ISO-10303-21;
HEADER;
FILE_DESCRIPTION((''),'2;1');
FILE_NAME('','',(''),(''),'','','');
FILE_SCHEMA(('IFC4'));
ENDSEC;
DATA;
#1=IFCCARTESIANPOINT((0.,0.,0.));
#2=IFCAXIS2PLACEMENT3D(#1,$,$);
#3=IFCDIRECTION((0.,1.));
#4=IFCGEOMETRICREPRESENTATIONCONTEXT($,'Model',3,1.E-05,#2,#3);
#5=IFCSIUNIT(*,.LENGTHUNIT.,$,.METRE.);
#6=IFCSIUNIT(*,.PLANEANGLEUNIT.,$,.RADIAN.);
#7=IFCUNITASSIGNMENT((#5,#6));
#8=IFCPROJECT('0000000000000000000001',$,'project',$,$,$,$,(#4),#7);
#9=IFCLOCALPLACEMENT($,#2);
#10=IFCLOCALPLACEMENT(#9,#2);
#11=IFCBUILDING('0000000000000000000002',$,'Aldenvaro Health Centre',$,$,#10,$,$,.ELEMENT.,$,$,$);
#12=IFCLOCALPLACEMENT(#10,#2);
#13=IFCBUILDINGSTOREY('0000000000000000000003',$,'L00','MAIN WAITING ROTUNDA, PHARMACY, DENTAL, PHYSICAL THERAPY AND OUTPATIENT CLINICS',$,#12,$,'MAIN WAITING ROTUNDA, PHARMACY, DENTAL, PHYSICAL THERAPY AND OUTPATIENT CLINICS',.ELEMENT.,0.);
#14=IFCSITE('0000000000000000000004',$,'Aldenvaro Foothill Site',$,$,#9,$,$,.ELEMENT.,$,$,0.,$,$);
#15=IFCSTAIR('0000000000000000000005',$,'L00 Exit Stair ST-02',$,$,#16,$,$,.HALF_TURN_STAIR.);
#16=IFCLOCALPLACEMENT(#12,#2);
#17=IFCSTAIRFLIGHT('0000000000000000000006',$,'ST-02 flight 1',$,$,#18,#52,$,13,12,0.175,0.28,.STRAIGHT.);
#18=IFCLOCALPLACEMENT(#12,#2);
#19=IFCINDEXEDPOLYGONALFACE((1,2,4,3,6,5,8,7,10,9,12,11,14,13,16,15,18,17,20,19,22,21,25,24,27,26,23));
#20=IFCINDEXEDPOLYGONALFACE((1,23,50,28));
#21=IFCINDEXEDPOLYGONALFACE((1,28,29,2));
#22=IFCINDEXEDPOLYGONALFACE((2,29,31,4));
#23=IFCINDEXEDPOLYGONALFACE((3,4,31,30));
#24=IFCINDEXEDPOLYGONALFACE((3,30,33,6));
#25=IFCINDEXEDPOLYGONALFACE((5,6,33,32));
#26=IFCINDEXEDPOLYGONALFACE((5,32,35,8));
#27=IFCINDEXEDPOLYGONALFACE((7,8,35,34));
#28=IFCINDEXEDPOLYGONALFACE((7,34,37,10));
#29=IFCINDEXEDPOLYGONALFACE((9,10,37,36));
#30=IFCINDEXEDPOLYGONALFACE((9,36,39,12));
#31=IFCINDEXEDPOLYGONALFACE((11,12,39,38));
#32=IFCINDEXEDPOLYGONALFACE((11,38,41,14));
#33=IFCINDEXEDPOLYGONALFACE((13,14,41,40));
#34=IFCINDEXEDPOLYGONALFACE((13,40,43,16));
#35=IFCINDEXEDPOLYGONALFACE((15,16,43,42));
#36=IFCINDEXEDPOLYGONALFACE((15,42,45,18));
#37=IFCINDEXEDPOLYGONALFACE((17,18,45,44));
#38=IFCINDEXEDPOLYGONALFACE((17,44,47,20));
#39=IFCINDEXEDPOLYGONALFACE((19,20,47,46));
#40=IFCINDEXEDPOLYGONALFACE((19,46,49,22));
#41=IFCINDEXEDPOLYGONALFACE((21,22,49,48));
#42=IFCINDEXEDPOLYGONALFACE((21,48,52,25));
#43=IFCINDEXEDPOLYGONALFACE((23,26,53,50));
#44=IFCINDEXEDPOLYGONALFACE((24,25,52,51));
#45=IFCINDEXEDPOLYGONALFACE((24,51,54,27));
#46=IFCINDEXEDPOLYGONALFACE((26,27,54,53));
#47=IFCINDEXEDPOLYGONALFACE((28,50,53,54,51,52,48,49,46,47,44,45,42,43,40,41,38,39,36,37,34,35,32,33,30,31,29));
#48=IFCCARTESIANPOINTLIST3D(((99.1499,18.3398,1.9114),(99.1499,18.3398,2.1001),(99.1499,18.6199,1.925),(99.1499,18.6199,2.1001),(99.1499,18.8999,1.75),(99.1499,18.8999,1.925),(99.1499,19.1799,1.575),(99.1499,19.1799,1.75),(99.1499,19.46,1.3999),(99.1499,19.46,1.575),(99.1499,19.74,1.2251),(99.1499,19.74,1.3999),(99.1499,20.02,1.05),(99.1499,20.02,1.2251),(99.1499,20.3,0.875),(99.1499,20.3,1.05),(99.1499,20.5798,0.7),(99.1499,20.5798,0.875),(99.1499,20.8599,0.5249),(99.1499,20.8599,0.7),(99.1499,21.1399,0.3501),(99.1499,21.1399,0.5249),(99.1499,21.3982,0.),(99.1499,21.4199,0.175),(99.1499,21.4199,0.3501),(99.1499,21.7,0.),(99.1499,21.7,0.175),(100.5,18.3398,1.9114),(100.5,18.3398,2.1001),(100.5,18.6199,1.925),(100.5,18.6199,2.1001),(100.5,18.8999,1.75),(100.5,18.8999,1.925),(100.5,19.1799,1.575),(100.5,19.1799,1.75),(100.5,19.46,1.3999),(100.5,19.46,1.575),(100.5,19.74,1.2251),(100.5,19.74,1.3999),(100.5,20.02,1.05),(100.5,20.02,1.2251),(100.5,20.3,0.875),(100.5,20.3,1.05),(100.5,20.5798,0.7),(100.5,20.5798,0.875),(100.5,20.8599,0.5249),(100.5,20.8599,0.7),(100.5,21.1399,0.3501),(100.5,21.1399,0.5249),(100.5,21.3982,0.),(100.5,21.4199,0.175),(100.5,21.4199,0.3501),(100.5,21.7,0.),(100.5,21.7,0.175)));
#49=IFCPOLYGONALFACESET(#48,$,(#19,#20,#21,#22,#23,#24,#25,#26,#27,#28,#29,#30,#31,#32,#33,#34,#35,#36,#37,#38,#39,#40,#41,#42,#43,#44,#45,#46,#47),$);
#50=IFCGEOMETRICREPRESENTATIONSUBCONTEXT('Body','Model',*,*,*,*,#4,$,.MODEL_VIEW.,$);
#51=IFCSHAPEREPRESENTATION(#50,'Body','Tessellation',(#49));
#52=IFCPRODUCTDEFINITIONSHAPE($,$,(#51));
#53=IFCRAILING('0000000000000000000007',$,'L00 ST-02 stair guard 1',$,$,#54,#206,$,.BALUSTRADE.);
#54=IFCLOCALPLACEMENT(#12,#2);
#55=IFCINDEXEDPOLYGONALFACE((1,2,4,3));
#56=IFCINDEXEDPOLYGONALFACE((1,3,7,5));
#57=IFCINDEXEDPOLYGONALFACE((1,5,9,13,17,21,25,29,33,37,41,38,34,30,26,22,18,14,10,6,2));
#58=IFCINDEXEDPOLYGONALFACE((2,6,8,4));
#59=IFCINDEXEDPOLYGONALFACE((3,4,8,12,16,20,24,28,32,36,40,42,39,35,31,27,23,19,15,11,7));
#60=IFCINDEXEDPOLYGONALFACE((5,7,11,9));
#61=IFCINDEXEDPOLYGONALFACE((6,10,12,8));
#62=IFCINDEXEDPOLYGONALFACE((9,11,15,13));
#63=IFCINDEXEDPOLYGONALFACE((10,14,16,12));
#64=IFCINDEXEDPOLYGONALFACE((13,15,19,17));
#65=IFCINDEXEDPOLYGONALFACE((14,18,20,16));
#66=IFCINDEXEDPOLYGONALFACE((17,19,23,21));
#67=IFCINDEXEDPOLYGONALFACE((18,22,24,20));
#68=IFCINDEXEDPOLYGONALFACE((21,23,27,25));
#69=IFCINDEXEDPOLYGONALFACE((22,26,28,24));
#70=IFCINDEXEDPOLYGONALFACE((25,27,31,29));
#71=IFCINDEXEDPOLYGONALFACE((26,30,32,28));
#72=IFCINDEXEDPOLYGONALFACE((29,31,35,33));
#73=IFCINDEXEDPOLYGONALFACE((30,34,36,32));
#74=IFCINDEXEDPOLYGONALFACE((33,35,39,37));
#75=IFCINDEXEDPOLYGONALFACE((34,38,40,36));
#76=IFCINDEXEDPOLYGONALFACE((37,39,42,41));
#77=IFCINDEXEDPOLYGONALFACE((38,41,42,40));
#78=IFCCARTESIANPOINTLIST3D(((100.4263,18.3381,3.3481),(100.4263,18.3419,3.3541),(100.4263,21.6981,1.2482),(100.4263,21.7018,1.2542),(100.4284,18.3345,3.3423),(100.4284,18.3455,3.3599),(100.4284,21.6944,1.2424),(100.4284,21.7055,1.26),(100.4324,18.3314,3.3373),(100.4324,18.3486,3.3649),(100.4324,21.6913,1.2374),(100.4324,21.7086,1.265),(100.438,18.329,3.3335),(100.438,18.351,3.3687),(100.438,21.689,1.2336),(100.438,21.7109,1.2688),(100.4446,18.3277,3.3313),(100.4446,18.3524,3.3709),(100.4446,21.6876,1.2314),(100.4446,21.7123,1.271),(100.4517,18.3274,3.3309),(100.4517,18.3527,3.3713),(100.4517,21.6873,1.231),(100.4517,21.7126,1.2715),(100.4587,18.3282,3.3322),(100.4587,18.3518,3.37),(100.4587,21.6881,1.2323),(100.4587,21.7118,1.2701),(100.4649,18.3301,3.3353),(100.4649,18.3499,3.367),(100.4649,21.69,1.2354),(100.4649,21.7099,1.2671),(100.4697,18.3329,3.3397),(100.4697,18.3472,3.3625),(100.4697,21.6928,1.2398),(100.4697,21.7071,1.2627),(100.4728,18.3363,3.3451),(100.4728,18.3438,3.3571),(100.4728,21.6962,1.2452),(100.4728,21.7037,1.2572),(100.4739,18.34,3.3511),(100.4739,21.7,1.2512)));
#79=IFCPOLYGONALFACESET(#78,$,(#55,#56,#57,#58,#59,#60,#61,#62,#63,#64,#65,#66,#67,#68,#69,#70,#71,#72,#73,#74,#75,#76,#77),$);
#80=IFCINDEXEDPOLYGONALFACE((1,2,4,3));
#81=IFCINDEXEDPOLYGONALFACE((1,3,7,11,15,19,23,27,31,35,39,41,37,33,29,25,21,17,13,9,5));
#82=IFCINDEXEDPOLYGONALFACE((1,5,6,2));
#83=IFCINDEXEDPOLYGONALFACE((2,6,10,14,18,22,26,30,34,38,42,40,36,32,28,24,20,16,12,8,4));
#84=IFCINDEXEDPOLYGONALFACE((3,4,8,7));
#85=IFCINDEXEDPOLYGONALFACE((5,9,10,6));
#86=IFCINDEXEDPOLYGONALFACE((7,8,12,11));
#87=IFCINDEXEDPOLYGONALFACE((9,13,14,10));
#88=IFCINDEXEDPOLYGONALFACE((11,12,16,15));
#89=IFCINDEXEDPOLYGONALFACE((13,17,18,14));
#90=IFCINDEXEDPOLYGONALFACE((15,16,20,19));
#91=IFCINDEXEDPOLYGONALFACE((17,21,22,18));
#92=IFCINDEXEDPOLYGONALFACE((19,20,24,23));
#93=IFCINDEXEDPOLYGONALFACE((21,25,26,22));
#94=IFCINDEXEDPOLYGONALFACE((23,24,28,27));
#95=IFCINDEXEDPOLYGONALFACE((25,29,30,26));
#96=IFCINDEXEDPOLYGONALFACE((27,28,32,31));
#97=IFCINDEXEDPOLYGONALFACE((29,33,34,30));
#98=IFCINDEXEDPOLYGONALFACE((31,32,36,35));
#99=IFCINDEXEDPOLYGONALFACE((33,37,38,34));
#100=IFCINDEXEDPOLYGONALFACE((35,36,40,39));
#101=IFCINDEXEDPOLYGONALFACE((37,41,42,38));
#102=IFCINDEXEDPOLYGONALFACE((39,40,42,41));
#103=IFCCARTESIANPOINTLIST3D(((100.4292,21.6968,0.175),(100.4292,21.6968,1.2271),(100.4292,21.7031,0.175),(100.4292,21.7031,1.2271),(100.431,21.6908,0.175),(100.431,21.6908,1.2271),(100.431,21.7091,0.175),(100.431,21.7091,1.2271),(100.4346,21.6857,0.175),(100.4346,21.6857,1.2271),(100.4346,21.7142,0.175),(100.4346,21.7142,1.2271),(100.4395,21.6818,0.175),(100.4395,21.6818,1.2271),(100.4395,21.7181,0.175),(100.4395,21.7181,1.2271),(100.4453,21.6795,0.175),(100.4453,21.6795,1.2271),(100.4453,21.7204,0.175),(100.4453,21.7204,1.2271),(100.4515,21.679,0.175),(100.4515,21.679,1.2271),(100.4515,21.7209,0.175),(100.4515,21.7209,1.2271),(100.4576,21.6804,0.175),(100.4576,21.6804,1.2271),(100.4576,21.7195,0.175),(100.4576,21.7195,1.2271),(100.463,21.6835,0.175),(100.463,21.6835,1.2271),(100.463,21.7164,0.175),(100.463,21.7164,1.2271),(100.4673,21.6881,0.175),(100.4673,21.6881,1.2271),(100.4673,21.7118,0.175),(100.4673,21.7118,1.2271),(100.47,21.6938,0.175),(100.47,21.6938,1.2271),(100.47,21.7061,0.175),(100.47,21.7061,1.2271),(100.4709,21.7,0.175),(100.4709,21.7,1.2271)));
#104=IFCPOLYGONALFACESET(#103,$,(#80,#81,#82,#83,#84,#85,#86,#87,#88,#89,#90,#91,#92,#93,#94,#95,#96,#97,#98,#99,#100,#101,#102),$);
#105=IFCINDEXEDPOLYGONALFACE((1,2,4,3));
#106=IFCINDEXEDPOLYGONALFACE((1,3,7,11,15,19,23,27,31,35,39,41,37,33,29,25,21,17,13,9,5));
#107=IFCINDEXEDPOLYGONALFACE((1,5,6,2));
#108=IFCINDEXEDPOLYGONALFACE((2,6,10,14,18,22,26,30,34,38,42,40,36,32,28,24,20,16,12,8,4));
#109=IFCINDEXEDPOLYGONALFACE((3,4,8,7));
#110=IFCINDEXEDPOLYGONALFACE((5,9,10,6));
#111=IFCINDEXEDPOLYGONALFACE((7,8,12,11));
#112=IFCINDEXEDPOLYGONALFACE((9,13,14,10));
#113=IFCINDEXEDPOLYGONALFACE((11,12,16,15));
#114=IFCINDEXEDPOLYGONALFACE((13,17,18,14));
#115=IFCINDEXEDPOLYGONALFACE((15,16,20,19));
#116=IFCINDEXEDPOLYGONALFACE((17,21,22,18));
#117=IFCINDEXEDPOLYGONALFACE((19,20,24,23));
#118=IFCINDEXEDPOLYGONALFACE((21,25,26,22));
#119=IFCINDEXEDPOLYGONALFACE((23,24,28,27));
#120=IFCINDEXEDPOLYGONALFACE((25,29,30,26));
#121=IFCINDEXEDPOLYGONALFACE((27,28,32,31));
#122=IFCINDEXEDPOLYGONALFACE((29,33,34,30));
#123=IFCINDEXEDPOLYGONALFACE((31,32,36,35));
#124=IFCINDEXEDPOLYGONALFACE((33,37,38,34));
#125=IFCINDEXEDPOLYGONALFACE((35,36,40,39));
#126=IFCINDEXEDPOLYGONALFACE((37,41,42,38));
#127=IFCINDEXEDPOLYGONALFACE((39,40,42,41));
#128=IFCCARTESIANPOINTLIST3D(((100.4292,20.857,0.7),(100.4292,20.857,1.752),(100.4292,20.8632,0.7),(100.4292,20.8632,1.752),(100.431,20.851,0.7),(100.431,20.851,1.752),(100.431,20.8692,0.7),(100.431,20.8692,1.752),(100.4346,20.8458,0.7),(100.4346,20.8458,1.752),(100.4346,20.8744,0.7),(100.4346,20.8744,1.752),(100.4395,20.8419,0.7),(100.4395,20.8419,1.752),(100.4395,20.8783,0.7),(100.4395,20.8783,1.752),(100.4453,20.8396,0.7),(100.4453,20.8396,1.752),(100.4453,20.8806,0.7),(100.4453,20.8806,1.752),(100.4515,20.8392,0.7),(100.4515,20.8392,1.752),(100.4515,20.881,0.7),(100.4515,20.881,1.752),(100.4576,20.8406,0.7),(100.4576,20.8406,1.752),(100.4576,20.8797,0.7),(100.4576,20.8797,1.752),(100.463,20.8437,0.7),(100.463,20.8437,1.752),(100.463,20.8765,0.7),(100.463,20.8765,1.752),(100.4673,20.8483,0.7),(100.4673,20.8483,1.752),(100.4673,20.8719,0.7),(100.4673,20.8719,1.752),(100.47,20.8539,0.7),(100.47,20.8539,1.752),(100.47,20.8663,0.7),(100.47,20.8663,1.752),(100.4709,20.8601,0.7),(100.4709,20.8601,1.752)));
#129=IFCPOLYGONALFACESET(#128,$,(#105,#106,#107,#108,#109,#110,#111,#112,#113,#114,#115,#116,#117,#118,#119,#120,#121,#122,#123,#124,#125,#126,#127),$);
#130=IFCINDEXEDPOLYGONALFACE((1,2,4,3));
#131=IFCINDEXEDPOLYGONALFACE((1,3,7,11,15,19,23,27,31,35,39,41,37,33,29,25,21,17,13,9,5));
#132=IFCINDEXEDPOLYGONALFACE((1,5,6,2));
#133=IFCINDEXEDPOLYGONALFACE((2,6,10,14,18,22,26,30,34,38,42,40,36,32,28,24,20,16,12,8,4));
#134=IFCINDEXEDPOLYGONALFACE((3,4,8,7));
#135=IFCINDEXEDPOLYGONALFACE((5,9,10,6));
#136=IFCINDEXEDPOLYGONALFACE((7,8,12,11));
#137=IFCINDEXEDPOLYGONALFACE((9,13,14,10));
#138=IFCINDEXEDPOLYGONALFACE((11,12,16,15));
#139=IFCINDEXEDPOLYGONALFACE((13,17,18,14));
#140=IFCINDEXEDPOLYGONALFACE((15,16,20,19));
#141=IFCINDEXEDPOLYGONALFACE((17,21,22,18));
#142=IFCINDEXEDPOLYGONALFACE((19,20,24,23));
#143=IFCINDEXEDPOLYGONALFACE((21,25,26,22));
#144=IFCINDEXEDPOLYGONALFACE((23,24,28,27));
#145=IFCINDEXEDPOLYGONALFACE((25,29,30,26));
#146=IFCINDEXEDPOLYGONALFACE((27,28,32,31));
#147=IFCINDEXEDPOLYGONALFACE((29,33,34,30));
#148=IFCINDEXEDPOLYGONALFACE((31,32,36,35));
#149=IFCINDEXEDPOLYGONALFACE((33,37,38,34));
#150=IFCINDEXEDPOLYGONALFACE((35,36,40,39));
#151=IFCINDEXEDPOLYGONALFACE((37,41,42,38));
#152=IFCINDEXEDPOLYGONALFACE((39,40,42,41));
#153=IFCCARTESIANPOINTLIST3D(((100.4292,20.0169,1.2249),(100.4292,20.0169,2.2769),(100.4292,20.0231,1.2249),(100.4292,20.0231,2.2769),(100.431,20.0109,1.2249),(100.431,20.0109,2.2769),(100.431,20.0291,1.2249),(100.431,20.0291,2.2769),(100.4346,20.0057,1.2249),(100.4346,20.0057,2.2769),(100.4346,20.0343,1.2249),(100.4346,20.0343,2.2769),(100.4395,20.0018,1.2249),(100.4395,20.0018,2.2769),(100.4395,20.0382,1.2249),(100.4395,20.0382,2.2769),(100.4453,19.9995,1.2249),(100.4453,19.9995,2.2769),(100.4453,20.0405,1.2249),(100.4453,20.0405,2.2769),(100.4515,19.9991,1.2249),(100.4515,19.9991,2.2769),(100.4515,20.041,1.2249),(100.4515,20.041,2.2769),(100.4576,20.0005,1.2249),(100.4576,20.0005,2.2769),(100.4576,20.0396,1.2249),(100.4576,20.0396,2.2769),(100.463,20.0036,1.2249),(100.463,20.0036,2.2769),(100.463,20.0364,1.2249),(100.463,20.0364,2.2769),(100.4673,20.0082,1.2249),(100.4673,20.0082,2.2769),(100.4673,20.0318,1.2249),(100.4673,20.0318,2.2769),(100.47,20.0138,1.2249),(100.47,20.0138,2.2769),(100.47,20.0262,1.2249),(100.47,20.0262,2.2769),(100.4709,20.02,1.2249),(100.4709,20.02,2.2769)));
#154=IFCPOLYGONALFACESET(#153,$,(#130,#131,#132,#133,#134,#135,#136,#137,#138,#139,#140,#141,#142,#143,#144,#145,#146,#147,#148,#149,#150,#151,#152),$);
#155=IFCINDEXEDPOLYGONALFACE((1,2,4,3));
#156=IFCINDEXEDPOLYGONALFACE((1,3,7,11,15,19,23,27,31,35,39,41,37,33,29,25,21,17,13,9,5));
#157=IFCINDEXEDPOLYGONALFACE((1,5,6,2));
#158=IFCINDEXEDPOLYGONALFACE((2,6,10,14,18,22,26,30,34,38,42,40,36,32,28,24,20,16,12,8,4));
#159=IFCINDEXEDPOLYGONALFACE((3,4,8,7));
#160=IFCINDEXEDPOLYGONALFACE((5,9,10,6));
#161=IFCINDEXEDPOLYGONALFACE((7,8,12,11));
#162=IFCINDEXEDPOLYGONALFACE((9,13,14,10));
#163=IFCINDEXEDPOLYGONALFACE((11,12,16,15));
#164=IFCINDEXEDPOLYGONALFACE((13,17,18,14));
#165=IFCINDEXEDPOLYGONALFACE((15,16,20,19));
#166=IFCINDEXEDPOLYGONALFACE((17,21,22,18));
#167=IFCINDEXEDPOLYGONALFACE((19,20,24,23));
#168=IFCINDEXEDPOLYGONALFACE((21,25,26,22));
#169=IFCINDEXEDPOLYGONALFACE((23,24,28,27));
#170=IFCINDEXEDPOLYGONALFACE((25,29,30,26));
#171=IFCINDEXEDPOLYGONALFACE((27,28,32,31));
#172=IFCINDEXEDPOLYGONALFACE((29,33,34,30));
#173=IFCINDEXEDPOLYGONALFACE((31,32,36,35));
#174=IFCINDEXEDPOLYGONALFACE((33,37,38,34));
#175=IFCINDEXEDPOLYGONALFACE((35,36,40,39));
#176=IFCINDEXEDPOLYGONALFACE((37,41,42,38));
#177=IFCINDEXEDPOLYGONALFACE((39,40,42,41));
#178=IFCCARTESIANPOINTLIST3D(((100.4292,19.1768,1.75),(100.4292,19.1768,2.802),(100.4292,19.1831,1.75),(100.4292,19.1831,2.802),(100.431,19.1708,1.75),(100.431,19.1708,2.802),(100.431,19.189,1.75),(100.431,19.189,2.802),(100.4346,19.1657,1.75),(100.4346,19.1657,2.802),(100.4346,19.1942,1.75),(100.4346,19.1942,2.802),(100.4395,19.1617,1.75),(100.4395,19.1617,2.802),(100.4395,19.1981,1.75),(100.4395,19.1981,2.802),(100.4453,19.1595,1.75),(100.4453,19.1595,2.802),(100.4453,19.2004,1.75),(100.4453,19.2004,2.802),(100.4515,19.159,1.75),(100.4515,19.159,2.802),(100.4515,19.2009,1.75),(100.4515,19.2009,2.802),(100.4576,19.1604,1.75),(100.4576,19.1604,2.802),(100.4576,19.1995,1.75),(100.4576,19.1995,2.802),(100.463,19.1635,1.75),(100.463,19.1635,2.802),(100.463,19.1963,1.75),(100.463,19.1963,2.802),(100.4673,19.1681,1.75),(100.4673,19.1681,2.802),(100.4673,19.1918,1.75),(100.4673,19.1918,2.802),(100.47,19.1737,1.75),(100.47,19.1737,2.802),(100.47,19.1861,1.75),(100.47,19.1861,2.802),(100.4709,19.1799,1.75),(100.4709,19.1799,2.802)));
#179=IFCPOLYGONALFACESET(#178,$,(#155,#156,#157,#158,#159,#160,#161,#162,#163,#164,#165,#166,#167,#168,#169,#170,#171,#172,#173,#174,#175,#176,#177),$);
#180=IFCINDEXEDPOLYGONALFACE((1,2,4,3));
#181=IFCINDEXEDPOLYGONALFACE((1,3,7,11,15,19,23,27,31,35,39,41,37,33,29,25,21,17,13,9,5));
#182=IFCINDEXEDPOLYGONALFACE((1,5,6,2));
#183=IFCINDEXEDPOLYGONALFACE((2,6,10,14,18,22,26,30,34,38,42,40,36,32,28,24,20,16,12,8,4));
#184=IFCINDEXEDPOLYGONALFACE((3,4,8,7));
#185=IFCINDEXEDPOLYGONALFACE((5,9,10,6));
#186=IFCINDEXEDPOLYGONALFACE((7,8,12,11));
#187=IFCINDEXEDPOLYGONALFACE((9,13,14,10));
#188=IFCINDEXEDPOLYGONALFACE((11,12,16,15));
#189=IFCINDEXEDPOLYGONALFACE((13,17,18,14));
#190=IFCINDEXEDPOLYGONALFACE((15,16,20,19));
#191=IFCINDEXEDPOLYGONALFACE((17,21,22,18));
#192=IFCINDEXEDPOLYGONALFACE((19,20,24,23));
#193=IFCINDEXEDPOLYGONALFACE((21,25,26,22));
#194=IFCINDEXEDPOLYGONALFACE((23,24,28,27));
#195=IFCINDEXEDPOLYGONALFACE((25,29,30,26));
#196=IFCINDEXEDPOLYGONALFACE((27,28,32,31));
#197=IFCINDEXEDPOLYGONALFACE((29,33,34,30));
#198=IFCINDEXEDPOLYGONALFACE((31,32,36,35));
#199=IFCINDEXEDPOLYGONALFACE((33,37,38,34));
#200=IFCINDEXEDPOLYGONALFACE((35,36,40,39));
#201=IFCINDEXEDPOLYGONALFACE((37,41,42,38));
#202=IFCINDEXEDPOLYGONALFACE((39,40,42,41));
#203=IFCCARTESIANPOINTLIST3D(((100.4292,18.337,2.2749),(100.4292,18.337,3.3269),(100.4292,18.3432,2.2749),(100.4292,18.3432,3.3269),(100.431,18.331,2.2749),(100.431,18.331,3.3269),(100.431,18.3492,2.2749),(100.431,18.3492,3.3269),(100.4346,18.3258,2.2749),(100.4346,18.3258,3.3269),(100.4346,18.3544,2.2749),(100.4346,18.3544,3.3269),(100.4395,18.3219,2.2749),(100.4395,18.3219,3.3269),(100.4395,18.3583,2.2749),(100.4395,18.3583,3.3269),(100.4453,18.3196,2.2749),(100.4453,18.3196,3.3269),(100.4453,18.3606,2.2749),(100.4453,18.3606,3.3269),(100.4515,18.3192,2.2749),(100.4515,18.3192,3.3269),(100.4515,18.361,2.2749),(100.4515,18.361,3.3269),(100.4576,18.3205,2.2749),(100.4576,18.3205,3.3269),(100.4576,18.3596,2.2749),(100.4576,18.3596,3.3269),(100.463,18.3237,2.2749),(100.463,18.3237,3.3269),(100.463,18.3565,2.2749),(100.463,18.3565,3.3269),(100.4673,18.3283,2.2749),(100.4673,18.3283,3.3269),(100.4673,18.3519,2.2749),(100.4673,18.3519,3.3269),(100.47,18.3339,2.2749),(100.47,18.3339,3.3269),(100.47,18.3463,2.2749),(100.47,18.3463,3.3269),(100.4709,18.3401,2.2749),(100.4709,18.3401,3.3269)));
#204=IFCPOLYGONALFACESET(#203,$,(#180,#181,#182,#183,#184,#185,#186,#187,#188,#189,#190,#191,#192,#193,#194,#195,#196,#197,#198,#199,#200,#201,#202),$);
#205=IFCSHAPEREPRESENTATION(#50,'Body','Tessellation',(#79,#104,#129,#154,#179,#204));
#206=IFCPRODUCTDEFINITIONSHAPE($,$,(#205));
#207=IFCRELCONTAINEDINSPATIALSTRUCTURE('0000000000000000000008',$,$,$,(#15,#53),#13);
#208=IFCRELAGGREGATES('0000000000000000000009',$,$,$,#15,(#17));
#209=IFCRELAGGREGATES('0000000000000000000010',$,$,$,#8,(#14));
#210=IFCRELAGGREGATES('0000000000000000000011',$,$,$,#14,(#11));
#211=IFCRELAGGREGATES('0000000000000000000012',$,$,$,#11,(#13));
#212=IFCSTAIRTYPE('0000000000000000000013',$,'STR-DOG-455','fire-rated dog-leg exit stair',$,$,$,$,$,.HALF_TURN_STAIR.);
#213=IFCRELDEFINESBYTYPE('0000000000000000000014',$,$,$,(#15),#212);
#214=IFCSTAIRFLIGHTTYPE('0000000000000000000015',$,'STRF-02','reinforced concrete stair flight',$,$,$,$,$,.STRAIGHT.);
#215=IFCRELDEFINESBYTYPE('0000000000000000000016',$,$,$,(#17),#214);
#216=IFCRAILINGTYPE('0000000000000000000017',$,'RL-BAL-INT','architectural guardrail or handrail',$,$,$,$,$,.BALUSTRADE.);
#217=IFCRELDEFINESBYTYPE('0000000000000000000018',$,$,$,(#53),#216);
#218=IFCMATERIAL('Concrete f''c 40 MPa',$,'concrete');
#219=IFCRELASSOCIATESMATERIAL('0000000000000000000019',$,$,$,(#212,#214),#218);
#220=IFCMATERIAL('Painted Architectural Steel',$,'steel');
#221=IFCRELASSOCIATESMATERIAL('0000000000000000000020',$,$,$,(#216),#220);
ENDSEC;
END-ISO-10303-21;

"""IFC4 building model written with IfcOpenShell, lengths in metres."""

from ifc_helpers import new_model, si_unit, direction, frame, origin, origin_2d, place, context, subcontext, project, spatial, polyline, circle, outline, extrude, material, type_object, element, aggregate, save


model = new_model("IFC4")

# Units and contexts
model_context = context("Model", 3, precision=1e-05, world=origin(), true_north=direction((0.0, 1.0)))
body_context = subcontext(model_context, "Body", "Model", "MODEL_VIEW")
ifc_project = project(units=[si_unit("LENGTHUNIT", "METRE"), si_unit("PLANEANGLEUNIT", "RADIAN")], contexts=[model_context])

# Site, building, storey
site_placement = place(None, origin())
site = spatial("IfcSite", under=ifc_project, at=site_placement, Name="Aldenvaro Foothill Site", CompositionType="ELEMENT", RefElevation=0.0)
building_placement = place(site_placement, origin())
building = spatial("IfcBuilding", under=site, at=building_placement, Name="Aldenvaro Health Centre", CompositionType="ELEMENT")
storey_placement = place(building_placement, origin())
storey = spatial("IfcBuildingStorey", under=building, at=storey_placement, Name="L00", Description="MAIN WAITING ROTUNDA, PHARMACY, DENTAL, PHYSICAL THERAPY AND OUTPATIENT CLINICS", LongName="MAIN WAITING ROTUNDA, PHARMACY, DENTAL, PHYSICAL THERAPY AND OUTPATIENT CLINICS", CompositionType="ELEMENT", Elevation=0.0)

# Shared definitions
ifc_material_1 = material(Name="Concrete f'c 40 MPa", Category="concrete")

# Stair, stair flight
stair_type = type_object("IfcStairType", Name="STR-DOG-455", Description="fire-rated dog-leg exit stair", PredefinedType="HALF_TURN_STAIR", material=ifc_material_1)
stair_placement = place(storey_placement, origin())
stair = element("IfcStair", 1, at=stair_placement, inside=storey, type_object=stair_type, Name="L00 Exit Stair ST-02", PredefinedType="HALF_TURN_STAIR")
stair_flight_type = type_object("IfcStairFlightType", Name="STRF-02", Description="reinforced concrete stair flight", PredefinedType="STRAIGHT", material=ifc_material_1)
stair_flight_placement = place(storey_placement, frame((99.825, 21.7, 0.0), z_axis=(0.0, 0.0, 1.0), x_axis=(0.0, -1.0, 0.0)))
stair_flight = element("IfcStairFlight", 2, at=stair_flight_placement, type_object=stair_flight_type, Name="ST-02 flight 1", NumberOfRisers=13, NumberOfTreads=12, PredefinedType="STRAIGHT", RiserHeight=0.175, TreadLength=0.28, context=body_context, shape_type="SweptSolid", body=[
    extrude(outline(polyline([(0.0, 0.0), (0.0, 0.175), (0.28, 0.175), (0.28, 0.3501), (0.5601, 0.3501), (0.5601, 0.5249), (0.8401, 0.5249), (0.8401, 0.7), (1.1201, 0.7), (1.1201, 0.875), (1.3999, 0.875), (1.3999, 1.05), (1.6799, 1.05), (1.6799, 1.2251), (1.96, 1.2251), (1.96, 1.3999), (2.24, 1.3999), (2.24, 1.575), (2.52, 1.575), (2.52, 1.75), (2.8, 1.75), (2.8, 1.925), (3.0801, 1.925), (3.0801, 2.1001), (3.3601, 2.1001), (3.3601, 2.2749), (3.3601, 1.9114), (0.3018, 0.0), (0.0, 0.0)])), frame((0.0, 0.675, 0.0), z_axis=(0.0, -1.0, 0.0), x_axis=(1.0, 0.0, 0.0)), (0.0, 0.0, 1.0), 1.3501),
])
aggregate(stair, [stair_flight])

# Railing
ifc_material_2 = material(Name="Painted Architectural Steel", Category="steel")
railing_type_1 = type_object("IfcRailingType", Name="RL-BAL-INT", Description="architectural guardrail or handrail", PredefinedType="BALUSTRADE", material=ifc_material_2)
railing_1_placement = place(storey_placement, frame((100.45, 21.7, 0.175)))
element("IfcRailing", 3, at=railing_1_placement, inside=storey, type_object=railing_type_1, Name="L00 ST-02 stair guard 1", PredefinedType="BALUSTRADE", context=body_context, shape_type="SweptSolid", body=[
    extrude(circle(Radius=0.0239, at=origin_2d()), frame((0.0, 0.0, 1.0762), z_axis=(0.0, -0.848005, 0.529988), x_axis=(1.0, 0.0, 0.0)), (0.0, 0.0, 1.0), 3.9622),
    extrude(circle(Radius=0.021, at=origin_2d()), origin(), (0.0, 0.0, 1.0), 1.052),
    extrude(circle(Radius=0.021, at=origin_2d()), frame((0.0, -0.8398, 0.5249)), (0.0, 0.0, 1.0), 1.052),
    extrude(circle(Radius=0.021, at=origin_2d()), frame((0.0, -1.6799, 1.0498)), (0.0, 0.0, 1.0), 1.052),
    extrude(circle(Radius=0.021, at=origin_2d()), frame((0.0, -2.52, 1.575)), (0.0, 0.0, 1.0), 1.052),
    extrude(circle(Radius=0.021, at=origin_2d()), frame((0.0, -3.3599, 2.0999)), (0.0, 0.0, 1.0), 1.052),
])

save(model, "model.ifc")
